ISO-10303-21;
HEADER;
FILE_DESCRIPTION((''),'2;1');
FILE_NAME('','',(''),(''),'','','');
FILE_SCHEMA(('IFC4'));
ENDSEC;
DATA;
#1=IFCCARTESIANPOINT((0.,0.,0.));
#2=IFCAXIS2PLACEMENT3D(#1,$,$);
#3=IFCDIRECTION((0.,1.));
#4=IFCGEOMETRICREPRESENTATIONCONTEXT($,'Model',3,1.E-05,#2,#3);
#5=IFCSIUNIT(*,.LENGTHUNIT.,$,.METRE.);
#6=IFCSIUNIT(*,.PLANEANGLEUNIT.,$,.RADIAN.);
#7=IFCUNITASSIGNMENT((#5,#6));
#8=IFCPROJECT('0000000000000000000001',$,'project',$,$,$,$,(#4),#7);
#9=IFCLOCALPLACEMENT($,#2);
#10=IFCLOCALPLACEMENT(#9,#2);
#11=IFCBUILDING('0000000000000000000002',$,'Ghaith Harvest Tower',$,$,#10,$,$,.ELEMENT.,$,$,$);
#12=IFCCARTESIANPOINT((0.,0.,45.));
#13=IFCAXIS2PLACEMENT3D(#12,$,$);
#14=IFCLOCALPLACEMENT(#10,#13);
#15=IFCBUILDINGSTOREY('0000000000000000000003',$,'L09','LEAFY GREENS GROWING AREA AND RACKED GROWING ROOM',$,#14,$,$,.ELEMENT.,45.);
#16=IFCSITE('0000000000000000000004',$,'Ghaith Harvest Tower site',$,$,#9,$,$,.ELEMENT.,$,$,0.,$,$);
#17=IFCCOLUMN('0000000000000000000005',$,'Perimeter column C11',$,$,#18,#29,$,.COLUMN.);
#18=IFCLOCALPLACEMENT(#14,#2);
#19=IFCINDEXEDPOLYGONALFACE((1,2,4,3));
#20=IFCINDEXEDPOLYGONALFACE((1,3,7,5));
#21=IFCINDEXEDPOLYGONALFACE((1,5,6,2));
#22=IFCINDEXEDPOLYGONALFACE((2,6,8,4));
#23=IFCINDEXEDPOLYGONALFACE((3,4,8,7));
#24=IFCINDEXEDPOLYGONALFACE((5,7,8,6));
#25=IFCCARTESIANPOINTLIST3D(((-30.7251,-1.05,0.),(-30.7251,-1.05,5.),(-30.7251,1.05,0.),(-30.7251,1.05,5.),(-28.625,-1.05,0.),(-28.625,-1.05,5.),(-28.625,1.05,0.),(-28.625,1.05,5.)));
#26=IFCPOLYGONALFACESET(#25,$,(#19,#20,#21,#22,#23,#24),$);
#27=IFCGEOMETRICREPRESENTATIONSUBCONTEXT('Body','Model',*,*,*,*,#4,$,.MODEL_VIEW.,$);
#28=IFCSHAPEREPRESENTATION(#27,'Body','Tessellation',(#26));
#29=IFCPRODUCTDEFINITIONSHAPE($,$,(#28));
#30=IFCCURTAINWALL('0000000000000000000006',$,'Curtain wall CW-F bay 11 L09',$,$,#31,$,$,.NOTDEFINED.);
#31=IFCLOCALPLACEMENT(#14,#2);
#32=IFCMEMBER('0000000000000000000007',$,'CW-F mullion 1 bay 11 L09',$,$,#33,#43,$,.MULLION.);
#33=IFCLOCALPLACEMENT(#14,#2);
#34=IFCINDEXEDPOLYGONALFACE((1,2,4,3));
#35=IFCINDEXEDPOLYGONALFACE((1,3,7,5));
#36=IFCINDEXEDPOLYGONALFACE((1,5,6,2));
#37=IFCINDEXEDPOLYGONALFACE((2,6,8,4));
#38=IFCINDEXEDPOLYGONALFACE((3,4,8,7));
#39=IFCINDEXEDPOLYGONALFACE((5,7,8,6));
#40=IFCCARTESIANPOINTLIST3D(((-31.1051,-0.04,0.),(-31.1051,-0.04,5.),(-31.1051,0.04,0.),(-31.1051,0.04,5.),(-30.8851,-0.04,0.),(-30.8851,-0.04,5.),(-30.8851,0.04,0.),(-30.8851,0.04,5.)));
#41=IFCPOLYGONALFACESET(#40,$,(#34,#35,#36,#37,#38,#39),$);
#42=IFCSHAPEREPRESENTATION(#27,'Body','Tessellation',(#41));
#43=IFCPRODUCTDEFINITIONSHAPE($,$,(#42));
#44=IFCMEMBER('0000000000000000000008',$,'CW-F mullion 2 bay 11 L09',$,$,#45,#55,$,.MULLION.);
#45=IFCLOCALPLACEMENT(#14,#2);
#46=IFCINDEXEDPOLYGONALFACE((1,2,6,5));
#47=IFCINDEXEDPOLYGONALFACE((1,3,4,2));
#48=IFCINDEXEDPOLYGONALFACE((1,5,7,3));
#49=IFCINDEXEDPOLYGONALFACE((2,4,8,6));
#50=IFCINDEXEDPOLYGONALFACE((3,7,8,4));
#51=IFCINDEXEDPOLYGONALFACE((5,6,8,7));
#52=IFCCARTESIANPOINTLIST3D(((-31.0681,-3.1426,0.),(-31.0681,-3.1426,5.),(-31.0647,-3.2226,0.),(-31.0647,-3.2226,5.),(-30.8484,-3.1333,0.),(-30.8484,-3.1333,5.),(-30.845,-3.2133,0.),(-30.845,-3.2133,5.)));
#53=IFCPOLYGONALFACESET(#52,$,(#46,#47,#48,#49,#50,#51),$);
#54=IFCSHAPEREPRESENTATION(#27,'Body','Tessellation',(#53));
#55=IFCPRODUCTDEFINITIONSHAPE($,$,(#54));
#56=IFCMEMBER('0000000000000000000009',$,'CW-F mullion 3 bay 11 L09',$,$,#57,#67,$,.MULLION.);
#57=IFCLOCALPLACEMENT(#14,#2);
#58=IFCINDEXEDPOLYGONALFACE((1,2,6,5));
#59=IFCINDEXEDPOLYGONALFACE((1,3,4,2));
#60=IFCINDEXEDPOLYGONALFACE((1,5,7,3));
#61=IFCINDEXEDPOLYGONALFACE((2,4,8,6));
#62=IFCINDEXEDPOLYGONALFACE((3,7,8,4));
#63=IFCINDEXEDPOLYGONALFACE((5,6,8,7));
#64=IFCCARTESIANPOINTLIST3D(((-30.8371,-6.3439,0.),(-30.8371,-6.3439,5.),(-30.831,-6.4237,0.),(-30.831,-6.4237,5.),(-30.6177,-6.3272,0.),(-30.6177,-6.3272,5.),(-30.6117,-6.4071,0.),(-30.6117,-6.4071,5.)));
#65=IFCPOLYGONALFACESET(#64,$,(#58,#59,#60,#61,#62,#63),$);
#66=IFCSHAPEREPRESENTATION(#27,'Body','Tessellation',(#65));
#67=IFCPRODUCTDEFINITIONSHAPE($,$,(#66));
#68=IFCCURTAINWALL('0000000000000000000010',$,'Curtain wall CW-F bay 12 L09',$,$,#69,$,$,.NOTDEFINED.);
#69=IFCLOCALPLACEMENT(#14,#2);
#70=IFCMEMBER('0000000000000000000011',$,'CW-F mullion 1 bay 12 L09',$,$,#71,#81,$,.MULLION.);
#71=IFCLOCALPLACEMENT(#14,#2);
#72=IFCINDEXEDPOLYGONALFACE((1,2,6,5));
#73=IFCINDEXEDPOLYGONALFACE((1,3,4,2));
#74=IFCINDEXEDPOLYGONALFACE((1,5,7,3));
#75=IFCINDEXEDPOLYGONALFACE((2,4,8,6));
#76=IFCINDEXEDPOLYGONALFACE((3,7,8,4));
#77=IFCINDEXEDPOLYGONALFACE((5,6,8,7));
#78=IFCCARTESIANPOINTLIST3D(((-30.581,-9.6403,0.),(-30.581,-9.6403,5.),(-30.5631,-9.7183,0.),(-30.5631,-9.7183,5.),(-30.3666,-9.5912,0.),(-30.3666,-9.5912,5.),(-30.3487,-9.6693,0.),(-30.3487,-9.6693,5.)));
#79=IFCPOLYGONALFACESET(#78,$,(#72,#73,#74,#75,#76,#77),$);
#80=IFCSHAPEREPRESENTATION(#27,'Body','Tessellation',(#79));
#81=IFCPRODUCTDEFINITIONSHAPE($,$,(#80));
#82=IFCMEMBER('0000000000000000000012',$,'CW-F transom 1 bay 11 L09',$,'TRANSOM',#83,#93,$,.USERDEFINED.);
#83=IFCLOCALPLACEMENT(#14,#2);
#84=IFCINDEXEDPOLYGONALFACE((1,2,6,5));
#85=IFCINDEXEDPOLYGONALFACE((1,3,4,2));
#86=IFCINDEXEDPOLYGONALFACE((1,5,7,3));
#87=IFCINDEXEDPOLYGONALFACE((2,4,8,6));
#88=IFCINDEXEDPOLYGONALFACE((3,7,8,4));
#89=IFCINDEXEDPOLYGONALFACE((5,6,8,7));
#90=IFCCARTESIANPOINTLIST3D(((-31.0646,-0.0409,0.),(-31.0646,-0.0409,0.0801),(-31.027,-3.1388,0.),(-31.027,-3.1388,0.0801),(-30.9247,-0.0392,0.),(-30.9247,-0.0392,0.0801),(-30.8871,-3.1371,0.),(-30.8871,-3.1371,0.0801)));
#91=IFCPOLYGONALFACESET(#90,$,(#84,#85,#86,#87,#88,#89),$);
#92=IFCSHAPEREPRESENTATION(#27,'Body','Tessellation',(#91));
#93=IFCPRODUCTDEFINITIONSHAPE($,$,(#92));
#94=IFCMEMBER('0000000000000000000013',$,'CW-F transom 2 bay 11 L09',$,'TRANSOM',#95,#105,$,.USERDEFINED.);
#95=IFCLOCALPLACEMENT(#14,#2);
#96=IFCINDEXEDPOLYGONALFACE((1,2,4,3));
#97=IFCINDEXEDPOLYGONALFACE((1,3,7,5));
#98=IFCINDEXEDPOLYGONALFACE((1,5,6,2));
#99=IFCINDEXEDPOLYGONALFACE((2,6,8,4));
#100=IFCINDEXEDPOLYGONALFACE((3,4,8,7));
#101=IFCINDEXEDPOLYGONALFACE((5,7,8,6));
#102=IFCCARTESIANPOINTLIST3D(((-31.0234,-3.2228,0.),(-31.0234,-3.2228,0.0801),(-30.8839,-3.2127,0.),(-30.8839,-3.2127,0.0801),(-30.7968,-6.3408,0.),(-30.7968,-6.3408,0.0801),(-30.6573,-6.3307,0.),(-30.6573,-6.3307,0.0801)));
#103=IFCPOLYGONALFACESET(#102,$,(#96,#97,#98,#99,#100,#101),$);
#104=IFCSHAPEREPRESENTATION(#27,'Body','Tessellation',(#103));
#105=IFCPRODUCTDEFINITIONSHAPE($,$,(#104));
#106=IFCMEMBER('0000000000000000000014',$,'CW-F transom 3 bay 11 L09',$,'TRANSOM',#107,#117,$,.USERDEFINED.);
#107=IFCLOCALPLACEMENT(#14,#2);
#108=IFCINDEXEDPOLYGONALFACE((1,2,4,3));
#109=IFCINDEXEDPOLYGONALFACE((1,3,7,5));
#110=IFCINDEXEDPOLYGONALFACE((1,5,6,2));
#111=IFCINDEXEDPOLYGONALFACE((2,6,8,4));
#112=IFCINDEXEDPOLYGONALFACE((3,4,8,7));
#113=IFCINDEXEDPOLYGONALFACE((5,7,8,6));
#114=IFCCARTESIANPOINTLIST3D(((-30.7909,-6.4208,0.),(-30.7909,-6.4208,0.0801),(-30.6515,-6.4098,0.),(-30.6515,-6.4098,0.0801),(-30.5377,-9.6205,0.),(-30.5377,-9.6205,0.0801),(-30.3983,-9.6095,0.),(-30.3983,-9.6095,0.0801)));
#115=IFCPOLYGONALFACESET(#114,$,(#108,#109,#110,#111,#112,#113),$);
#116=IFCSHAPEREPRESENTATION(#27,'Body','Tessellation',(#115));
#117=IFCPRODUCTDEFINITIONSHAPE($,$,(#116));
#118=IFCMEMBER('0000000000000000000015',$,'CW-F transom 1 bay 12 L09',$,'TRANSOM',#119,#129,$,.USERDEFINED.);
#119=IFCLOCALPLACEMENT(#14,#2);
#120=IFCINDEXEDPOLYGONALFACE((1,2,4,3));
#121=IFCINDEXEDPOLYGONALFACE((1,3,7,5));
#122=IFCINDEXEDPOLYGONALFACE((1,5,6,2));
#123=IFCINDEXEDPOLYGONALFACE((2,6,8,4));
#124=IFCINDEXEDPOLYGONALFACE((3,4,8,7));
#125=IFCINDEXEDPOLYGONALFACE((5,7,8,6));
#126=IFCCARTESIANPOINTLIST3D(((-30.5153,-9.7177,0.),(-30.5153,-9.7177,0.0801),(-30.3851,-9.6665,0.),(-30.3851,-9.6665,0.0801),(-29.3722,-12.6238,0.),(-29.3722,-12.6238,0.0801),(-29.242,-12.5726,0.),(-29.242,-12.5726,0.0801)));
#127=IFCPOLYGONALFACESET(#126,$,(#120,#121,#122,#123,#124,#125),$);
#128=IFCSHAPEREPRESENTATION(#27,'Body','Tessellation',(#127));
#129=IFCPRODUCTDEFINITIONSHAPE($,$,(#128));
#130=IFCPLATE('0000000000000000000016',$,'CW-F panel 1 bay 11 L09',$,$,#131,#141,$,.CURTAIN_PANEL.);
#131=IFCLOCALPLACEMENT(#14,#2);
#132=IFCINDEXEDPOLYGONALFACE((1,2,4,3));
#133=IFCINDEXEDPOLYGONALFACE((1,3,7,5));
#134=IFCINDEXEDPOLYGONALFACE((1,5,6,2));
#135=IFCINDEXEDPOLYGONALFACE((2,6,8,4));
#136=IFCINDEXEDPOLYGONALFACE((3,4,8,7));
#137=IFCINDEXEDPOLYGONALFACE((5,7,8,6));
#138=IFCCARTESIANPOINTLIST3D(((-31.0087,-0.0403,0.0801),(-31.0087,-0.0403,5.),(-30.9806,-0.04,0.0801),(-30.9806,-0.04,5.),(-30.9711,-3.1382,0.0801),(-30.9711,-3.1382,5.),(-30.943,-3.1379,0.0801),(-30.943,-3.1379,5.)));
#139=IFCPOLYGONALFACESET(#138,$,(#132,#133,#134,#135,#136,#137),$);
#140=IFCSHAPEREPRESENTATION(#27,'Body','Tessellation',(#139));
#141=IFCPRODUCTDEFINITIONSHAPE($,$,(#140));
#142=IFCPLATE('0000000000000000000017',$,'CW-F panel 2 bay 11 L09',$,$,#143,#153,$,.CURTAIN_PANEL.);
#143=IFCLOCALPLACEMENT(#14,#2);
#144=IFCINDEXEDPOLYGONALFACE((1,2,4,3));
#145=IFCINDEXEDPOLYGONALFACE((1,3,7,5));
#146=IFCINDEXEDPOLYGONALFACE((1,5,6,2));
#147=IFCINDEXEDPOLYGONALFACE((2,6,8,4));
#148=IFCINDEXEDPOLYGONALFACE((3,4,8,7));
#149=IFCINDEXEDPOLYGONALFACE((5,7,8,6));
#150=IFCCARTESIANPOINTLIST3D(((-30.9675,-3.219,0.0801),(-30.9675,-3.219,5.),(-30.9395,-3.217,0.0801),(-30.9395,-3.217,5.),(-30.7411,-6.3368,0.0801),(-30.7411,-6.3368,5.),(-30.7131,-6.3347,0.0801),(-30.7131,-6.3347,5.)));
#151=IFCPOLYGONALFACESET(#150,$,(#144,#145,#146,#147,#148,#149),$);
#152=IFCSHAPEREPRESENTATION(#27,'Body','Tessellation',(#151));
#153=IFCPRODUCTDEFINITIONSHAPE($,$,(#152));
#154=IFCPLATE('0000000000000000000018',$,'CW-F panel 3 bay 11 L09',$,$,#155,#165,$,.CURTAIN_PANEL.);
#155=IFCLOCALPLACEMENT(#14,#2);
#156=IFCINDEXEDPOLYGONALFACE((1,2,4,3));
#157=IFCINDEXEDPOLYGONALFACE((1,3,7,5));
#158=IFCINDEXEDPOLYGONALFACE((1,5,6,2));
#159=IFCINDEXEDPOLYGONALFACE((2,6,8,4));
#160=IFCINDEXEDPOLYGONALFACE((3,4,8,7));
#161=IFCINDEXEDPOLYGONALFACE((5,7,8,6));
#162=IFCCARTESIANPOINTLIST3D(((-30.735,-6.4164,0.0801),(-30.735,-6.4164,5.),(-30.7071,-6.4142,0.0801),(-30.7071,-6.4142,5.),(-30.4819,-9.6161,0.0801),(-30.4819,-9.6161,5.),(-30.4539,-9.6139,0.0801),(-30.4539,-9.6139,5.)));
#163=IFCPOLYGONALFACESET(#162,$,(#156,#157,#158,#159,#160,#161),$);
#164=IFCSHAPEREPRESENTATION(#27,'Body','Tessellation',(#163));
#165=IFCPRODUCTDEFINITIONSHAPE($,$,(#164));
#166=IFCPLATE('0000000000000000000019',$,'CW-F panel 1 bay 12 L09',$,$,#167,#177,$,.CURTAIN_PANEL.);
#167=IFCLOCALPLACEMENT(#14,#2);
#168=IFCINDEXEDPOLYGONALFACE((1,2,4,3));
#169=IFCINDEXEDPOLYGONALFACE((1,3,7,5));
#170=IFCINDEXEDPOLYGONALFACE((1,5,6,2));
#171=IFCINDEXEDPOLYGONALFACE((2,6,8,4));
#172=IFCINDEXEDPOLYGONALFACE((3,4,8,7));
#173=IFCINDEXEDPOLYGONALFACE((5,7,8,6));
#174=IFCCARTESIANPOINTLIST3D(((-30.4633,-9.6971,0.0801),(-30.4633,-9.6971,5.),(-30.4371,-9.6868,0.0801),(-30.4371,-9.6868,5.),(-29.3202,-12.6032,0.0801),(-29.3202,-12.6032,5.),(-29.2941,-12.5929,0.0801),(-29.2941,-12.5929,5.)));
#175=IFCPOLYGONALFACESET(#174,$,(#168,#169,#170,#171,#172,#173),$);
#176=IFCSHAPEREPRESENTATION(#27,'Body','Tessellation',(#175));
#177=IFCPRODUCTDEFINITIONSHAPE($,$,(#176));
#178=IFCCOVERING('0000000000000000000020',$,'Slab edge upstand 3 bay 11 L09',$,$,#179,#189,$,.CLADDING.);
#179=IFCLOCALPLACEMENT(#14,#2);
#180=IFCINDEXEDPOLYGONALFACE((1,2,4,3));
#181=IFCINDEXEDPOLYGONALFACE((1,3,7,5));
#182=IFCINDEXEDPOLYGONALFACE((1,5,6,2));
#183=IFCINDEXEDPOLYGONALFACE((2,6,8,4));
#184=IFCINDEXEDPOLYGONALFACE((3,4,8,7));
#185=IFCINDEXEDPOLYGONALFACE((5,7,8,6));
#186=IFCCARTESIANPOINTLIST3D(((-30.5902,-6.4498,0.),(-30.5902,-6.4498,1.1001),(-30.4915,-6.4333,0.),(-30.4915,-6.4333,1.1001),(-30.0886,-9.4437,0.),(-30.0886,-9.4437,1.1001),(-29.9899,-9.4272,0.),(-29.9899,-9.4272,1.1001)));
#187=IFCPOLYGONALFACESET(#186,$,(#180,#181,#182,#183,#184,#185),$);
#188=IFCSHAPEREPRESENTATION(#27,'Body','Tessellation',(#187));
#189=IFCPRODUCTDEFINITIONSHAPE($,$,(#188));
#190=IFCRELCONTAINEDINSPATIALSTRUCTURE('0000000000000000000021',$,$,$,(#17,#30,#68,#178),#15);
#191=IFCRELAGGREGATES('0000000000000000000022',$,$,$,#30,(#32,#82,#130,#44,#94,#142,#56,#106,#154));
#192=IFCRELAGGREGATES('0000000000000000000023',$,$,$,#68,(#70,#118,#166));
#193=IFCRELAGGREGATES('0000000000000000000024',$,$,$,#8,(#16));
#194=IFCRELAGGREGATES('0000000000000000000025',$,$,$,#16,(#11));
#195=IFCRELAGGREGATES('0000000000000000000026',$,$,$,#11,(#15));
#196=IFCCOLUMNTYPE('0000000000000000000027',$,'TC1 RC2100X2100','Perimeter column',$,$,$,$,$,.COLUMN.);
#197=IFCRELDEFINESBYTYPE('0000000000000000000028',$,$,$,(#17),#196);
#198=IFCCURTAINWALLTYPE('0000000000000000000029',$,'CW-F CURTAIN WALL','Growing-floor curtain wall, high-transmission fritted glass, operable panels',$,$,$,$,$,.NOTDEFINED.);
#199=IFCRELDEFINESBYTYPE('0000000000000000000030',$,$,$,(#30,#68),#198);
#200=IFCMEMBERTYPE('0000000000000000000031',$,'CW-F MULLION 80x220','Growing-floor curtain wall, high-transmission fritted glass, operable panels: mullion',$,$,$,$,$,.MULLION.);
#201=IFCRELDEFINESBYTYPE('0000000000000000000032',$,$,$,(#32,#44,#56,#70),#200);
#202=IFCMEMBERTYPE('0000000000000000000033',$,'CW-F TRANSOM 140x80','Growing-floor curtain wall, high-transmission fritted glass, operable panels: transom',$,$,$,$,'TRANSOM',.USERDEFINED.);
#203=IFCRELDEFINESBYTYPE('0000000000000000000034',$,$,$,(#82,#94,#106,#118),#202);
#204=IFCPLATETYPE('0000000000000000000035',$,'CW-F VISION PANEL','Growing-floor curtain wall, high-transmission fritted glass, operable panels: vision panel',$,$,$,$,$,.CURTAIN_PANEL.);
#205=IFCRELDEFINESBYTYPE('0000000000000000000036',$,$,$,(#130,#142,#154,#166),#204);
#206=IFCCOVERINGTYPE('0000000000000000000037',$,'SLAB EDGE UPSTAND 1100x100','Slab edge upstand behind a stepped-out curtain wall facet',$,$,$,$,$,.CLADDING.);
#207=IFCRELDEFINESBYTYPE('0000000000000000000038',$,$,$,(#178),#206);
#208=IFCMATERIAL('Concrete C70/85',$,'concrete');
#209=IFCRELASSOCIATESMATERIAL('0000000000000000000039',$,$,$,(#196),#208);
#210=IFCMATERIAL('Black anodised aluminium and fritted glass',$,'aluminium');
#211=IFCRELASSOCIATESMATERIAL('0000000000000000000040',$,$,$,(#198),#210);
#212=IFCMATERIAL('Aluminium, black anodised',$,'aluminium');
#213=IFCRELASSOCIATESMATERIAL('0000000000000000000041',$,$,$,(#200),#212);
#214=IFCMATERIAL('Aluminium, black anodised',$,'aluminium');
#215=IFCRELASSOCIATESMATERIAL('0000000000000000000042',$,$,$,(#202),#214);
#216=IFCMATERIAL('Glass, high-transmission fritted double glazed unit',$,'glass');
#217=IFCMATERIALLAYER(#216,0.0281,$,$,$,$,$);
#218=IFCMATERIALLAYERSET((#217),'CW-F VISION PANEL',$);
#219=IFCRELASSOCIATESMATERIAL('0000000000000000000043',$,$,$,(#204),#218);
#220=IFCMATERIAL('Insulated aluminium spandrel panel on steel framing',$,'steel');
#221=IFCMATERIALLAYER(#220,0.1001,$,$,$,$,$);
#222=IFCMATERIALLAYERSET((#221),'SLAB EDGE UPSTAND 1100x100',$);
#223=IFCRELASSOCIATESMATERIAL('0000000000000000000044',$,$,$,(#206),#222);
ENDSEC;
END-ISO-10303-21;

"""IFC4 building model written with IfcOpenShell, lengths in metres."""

from ifc_helpers import new_model, si_unit, direction, frame, origin, origin_2d, place, context, subcontext, project, spatial, rectangle, extrude, material, layer, layer_set, material_profile, profile_set, type_object, element, aggregate, save


model = new_model("IFC4")

# Units and contexts
model_context = context("Model", 3, precision=1e-05, world=origin(), true_north=direction((0.0, 1.0)))
body_context = subcontext(model_context, "Body", "Model", "MODEL_VIEW")
ifc_project = project(units=[si_unit("LENGTHUNIT", "METRE"), si_unit("PLANEANGLEUNIT", "RADIAN")], contexts=[model_context])

# Site, building, storey
site_placement = place(None, origin())
site = spatial("IfcSite", under=ifc_project, at=site_placement, Name="Ghaith Harvest Tower site", CompositionType="ELEMENT", RefElevation=0.0)
building_placement = place(site_placement, origin())
building = spatial("IfcBuilding", under=site, at=building_placement, Name="Ghaith Harvest Tower", CompositionType="ELEMENT")
storey_placement = place(building_placement, frame((0.0, 0.0, 45.0)))
storey = spatial("IfcBuildingStorey", under=building, at=storey_placement, Name="L09", Description="LEAFY GREENS GROWING AREA AND RACKED GROWING ROOM", CompositionType="ELEMENT", Elevation=45.0)

# Column
ifc_material_1 = material(Name="Concrete C70/85", Category="concrete")
ifc_material_profile_1 = material_profile(ifc_material_1, rectangle(XDim=2.1001, YDim=2.1001, at=origin_2d()), Name="RC2100X2100")
ifc_profile_set_1 = profile_set([ifc_material_profile_1], Name="Concrete C70/85")
column_type = type_object("IfcColumnType", Name="TC1 RC2100X2100", Description="Perimeter column", PredefinedType="COLUMN", material=ifc_profile_set_1)
column_placement = place(storey_placement, frame((-29.675, 0.0, 0.0), z_axis=(0.0, 0.0, 1.0), x_axis=(1.0, 0.0, 0.0)))
element("IfcColumn", 1, at=column_placement, inside=storey, type_object=column_type, Name="Perimeter column C11", PredefinedType="COLUMN", context=body_context, shape_type="SweptSolid", body=[
    extrude(rectangle(XDim=2.1001, YDim=2.1001, at=origin_2d()), origin(), (0.0, 0.0, 1.0), 5.0),
])

# Curtain wall, members
ifc_material_2 = material(Name="Black anodised aluminium and fritted glass", Category="aluminium")
curtain_wall_type = type_object("IfcCurtainWallType", Name="CW-F CURTAIN WALL", Description="Growing-floor curtain wall, high-transmission fritted glass, operable panels", PredefinedType="NOTDEFINED", material=ifc_material_2)
curtain_wall_1_placement = place(storey_placement, origin())
curtain_wall_1 = element("IfcCurtainWall", 2, at=curtain_wall_1_placement, inside=storey, type_object=curtain_wall_type, Name="Curtain wall CW-F bay 11 L09", PredefinedType="NOTDEFINED")
ifc_material_3 = material(Name="Aluminium, black anodised", Category="aluminium")
ifc_material_profile_2 = material_profile(ifc_material_3, rectangle(XDim=0.0801, YDim=0.22, at=origin_2d()), Name="CW-F MULLION 80x220")
ifc_profile_set_2 = profile_set([ifc_material_profile_2], Name="Aluminium, black anodised")
member_type_1 = type_object("IfcMemberType", Name="CW-F MULLION 80x220", Description="Growing-floor curtain wall, high-transmission fritted glass, operable panels: mullion", PredefinedType="MULLION", material=ifc_profile_set_2)
member_1_placement = place(storey_placement, frame((-30.9951, 0.0, 0.0), z_axis=(0.0, 0.0, 1.0), x_axis=(0.0, -1.0, 0.0)))
member_1 = element("IfcMember", 3, at=member_1_placement, type_object=member_type_1, Name="CW-F mullion 1 bay 11 L09", PredefinedType="MULLION", context=body_context, shape_type="SweptSolid", body=[
    extrude(rectangle(XDim=0.0801, YDim=0.22, at=origin_2d()), origin(), (0.0, 0.0, 1.0), 5.0),
])
member_2_placement = place(storey_placement, frame((-30.9565, -3.178, 0.0), z_axis=(0.0, 0.0, 1.0), x_axis=(0.042427, -0.9991, 0.0)))
member_2 = element("IfcMember", 4, at=member_2_placement, type_object=member_type_1, Name="CW-F mullion 2 bay 11 L09", PredefinedType="MULLION", context=body_context, shape_type="SweptSolid", body=[
    extrude(rectangle(XDim=0.0801, YDim=0.22, at=origin_2d()), origin(), (0.0, 0.0, 1.0), 5.0),
])
member_3_placement = place(storey_placement, frame((-30.7244, -6.3755, 0.0), z_axis=(0.0, 0.0, 1.0), x_axis=(0.075686, -0.997132, 0.0)))
member_3 = element("IfcMember", 5, at=member_3_placement, type_object=member_type_1, Name="CW-F mullion 3 bay 11 L09", PredefinedType="MULLION", context=body_context, shape_type="SweptSolid", body=[
    extrude(rectangle(XDim=0.0801, YDim=0.22, at=origin_2d()), origin(), (0.0, 0.0, 1.0), 5.0),
])

# Curtain wall, member
curtain_wall_2_placement = place(storey_placement, origin())
curtain_wall_2 = element("IfcCurtainWall", 6, at=curtain_wall_2_placement, inside=storey, type_object=curtain_wall_type, Name="Curtain wall CW-F bay 12 L09", PredefinedType="NOTDEFINED")
member_4_placement = place(storey_placement, frame((-30.4648, -9.6548, 0.0), z_axis=(0.0, 0.0, 1.0), x_axis=(0.222967, -0.974826, 0.0)))
member_4 = element("IfcMember", 7, at=member_4_placement, type_object=member_type_1, Name="CW-F mullion 1 bay 12 L09", PredefinedType="MULLION", context=body_context, shape_type="SweptSolid", body=[
    extrude(rectangle(XDim=0.0801, YDim=0.22, at=origin_2d()), origin(), (0.0, 0.0, 1.0), 5.0),
])

# Members
ifc_material_4 = material(Name="Aluminium, black anodised", Category="aluminium")
ifc_material_profile_3 = material_profile(ifc_material_4, rectangle(XDim=0.1399, YDim=0.0801, at=origin_2d()), Name="CW-F TRANSOM 140x80")
ifc_profile_set_3 = profile_set([ifc_material_profile_3], Name="Aluminium, black anodised")
member_type_2 = type_object("IfcMemberType", Name="CW-F TRANSOM 140x80", Description="Growing-floor curtain wall, high-transmission fritted glass, operable panels: transom", ElementType="TRANSOM", PredefinedType="USERDEFINED", material=ifc_profile_set_3)
member_5_placement = place(storey_placement, frame((-30.9946, -0.04, 0.04), z_axis=(0.012136, -0.999926, 0.0), x_axis=(0.999926, 0.012136, 0.0)))
member_5 = element("IfcMember", 8, at=member_5_placement, type_object=member_type_2, Name="CW-F transom 1 bay 11 L09", ObjectType="TRANSOM", PredefinedType="USERDEFINED", context=body_context, shape_type="SweptSolid", body=[
    extrude(rectangle(XDim=0.1399, YDim=0.0801, at=origin_2d()), origin(), (0.0, 0.0, 1.0), 3.0981),
])
member_6_placement = place(storey_placement, frame((-30.9536, -3.2178, 0.04), z_axis=(0.072474, -0.99737, 0.0), x_axis=(0.99737, 0.072474, 0.0)))
member_6 = element("IfcMember", 9, at=member_6_placement, type_object=member_type_2, Name="CW-F transom 2 bay 11 L09", ObjectType="TRANSOM", PredefinedType="USERDEFINED", context=body_context, shape_type="SweptSolid", body=[
    extrude(rectangle(XDim=0.1399, YDim=0.0801, at=origin_2d()), origin(), (0.0, 0.0, 1.0), 3.1262),
])
member_7_placement = place(storey_placement, frame((-30.7212, -6.4153, 0.04), z_axis=(0.078878, -0.996884, 0.0), x_axis=(0.996884, 0.078878, 0.0)))
member_7 = element("IfcMember", 10, at=member_7_placement, type_object=member_type_2, Name="CW-F transom 3 bay 11 L09", ObjectType="TRANSOM", PredefinedType="USERDEFINED", context=body_context, shape_type="SweptSolid", body=[
    extrude(rectangle(XDim=0.1399, YDim=0.0801, at=origin_2d()), origin(), (0.0, 0.0, 1.0), 3.2097),
])
member_8_placement = place(storey_placement, frame((-30.4502, -9.6921, 0.04), z_axis=(0.366047, -0.930597, 0.0), x_axis=(0.930597, 0.366047, 0.0)))
member_8 = element("IfcMember", 11, at=member_8_placement, type_object=member_type_2, Name="CW-F transom 1 bay 12 L09", ObjectType="TRANSOM", PredefinedType="USERDEFINED", context=body_context, shape_type="SweptSolid", body=[
    extrude(rectangle(XDim=0.1399, YDim=0.0801, at=origin_2d()), origin(), (0.0, 0.0, 1.0), 3.1228),
])

# Plates
ifc_material_5 = material(Name="Glass, high-transmission fritted double glazed unit", Category="glass")
ifc_layer_1 = layer(ifc_material_5, 0.0281)
ifc_layer_set_1 = layer_set([ifc_layer_1], Name="CW-F VISION PANEL")
plate_type = type_object("IfcPlateType", Name="CW-F VISION PANEL", Description="Growing-floor curtain wall, high-transmission fritted glass, operable panels: vision panel", PredefinedType="CURTAIN_PANEL", material=ifc_layer_set_1)
plate_1_placement = place(storey_placement, frame((-30.9758, -1.5891, 0.0801), z_axis=(0.0, 0.0, 1.0), x_axis=(0.012133, -0.999926, 0.0)))
plate_1 = element("IfcPlate", 12, at=plate_1_placement, type_object=plate_type, Name="CW-F panel 1 bay 11 L09", PredefinedType="CURTAIN_PANEL", context=body_context, shape_type="SweptSolid", body=[
    extrude(rectangle(XDim=3.0981, YDim=0.0281, at=origin_2d()), origin(), (0.0, 0.0, 1.0), 4.9199),
])
plate_2_placement = place(storey_placement, frame((-30.8403, -4.7769, 0.0801), z_axis=(0.0, 0.0, 1.0), x_axis=(0.072421, -0.997374, 0.0)))
plate_2 = element("IfcPlate", 13, at=plate_2_placement, type_object=plate_type, Name="CW-F panel 2 bay 11 L09", PredefinedType="CURTAIN_PANEL", context=body_context, shape_type="SweptSolid", body=[
    extrude(rectangle(XDim=3.126, YDim=0.0281, at=origin_2d()), origin(), (0.0, 0.0, 1.0), 4.9199),
])
plate_3_placement = place(storey_placement, frame((-30.5945, -8.0151, 0.0801), z_axis=(0.0, 0.0, 1.0), x_axis=(0.078867, -0.996885, 0.0)))
plate_3 = element("IfcPlate", 14, at=plate_3_placement, type_object=plate_type, Name="CW-F panel 3 bay 11 L09", PredefinedType="CURTAIN_PANEL", context=body_context, shape_type="SweptSolid", body=[
    extrude(rectangle(XDim=3.2097, YDim=0.0281, at=origin_2d()), origin(), (0.0, 0.0, 1.0), 4.9199),
])
aggregate(curtain_wall_1, [member_1, member_5, plate_1, member_2, member_6, plate_2, member_3, member_7, plate_3])
plate_4_placement = place(storey_placement, frame((-29.8787, -11.145, 0.0801), z_axis=(0.0, 0.0, 1.0), x_axis=(0.36604, -0.930599, 0.0)))
plate_4 = element("IfcPlate", 15, at=plate_4_placement, type_object=plate_type, Name="CW-F panel 1 bay 12 L09", PredefinedType="CURTAIN_PANEL", context=body_context, shape_type="SweptSolid", body=[
    extrude(rectangle(XDim=3.1228, YDim=0.0281, at=origin_2d()), origin(), (0.0, 0.0, 1.0), 4.9199),
])
aggregate(curtain_wall_2, [member_4, member_8, plate_4])

# Covering
ifc_material_6 = material(Name="Insulated aluminium spandrel panel on steel framing", Category="steel")
ifc_layer_2 = layer(ifc_material_6, 0.1001)
ifc_layer_set_2 = layer_set([ifc_layer_2], Name="SLAB EDGE UPSTAND 1100x100")
covering_type = type_object("IfcCoveringType", Name="SLAB EDGE UPSTAND 1100x100", Description="Slab edge upstand behind a stepped-out curtain wall facet", PredefinedType="CLADDING", material=ifc_layer_set_2)
covering_placement = place(storey_placement, frame((-30.29, -7.9385, 0.0), z_axis=(0.0, 0.0, 1.0), x_axis=(0.165246, -0.986252, 0.0)))
element("IfcCovering", 16, at=covering_placement, inside=storey, type_object=covering_type, Name="Slab edge upstand 3 bay 11 L09", PredefinedType="CLADDING", context=body_context, shape_type="SweptSolid", body=[
    extrude(rectangle(XDim=3.0356, YDim=0.1001, at=origin_2d()), origin(), (0.0, 0.0, 1.0), 1.1001),
])

save(model, "model.ifc")
